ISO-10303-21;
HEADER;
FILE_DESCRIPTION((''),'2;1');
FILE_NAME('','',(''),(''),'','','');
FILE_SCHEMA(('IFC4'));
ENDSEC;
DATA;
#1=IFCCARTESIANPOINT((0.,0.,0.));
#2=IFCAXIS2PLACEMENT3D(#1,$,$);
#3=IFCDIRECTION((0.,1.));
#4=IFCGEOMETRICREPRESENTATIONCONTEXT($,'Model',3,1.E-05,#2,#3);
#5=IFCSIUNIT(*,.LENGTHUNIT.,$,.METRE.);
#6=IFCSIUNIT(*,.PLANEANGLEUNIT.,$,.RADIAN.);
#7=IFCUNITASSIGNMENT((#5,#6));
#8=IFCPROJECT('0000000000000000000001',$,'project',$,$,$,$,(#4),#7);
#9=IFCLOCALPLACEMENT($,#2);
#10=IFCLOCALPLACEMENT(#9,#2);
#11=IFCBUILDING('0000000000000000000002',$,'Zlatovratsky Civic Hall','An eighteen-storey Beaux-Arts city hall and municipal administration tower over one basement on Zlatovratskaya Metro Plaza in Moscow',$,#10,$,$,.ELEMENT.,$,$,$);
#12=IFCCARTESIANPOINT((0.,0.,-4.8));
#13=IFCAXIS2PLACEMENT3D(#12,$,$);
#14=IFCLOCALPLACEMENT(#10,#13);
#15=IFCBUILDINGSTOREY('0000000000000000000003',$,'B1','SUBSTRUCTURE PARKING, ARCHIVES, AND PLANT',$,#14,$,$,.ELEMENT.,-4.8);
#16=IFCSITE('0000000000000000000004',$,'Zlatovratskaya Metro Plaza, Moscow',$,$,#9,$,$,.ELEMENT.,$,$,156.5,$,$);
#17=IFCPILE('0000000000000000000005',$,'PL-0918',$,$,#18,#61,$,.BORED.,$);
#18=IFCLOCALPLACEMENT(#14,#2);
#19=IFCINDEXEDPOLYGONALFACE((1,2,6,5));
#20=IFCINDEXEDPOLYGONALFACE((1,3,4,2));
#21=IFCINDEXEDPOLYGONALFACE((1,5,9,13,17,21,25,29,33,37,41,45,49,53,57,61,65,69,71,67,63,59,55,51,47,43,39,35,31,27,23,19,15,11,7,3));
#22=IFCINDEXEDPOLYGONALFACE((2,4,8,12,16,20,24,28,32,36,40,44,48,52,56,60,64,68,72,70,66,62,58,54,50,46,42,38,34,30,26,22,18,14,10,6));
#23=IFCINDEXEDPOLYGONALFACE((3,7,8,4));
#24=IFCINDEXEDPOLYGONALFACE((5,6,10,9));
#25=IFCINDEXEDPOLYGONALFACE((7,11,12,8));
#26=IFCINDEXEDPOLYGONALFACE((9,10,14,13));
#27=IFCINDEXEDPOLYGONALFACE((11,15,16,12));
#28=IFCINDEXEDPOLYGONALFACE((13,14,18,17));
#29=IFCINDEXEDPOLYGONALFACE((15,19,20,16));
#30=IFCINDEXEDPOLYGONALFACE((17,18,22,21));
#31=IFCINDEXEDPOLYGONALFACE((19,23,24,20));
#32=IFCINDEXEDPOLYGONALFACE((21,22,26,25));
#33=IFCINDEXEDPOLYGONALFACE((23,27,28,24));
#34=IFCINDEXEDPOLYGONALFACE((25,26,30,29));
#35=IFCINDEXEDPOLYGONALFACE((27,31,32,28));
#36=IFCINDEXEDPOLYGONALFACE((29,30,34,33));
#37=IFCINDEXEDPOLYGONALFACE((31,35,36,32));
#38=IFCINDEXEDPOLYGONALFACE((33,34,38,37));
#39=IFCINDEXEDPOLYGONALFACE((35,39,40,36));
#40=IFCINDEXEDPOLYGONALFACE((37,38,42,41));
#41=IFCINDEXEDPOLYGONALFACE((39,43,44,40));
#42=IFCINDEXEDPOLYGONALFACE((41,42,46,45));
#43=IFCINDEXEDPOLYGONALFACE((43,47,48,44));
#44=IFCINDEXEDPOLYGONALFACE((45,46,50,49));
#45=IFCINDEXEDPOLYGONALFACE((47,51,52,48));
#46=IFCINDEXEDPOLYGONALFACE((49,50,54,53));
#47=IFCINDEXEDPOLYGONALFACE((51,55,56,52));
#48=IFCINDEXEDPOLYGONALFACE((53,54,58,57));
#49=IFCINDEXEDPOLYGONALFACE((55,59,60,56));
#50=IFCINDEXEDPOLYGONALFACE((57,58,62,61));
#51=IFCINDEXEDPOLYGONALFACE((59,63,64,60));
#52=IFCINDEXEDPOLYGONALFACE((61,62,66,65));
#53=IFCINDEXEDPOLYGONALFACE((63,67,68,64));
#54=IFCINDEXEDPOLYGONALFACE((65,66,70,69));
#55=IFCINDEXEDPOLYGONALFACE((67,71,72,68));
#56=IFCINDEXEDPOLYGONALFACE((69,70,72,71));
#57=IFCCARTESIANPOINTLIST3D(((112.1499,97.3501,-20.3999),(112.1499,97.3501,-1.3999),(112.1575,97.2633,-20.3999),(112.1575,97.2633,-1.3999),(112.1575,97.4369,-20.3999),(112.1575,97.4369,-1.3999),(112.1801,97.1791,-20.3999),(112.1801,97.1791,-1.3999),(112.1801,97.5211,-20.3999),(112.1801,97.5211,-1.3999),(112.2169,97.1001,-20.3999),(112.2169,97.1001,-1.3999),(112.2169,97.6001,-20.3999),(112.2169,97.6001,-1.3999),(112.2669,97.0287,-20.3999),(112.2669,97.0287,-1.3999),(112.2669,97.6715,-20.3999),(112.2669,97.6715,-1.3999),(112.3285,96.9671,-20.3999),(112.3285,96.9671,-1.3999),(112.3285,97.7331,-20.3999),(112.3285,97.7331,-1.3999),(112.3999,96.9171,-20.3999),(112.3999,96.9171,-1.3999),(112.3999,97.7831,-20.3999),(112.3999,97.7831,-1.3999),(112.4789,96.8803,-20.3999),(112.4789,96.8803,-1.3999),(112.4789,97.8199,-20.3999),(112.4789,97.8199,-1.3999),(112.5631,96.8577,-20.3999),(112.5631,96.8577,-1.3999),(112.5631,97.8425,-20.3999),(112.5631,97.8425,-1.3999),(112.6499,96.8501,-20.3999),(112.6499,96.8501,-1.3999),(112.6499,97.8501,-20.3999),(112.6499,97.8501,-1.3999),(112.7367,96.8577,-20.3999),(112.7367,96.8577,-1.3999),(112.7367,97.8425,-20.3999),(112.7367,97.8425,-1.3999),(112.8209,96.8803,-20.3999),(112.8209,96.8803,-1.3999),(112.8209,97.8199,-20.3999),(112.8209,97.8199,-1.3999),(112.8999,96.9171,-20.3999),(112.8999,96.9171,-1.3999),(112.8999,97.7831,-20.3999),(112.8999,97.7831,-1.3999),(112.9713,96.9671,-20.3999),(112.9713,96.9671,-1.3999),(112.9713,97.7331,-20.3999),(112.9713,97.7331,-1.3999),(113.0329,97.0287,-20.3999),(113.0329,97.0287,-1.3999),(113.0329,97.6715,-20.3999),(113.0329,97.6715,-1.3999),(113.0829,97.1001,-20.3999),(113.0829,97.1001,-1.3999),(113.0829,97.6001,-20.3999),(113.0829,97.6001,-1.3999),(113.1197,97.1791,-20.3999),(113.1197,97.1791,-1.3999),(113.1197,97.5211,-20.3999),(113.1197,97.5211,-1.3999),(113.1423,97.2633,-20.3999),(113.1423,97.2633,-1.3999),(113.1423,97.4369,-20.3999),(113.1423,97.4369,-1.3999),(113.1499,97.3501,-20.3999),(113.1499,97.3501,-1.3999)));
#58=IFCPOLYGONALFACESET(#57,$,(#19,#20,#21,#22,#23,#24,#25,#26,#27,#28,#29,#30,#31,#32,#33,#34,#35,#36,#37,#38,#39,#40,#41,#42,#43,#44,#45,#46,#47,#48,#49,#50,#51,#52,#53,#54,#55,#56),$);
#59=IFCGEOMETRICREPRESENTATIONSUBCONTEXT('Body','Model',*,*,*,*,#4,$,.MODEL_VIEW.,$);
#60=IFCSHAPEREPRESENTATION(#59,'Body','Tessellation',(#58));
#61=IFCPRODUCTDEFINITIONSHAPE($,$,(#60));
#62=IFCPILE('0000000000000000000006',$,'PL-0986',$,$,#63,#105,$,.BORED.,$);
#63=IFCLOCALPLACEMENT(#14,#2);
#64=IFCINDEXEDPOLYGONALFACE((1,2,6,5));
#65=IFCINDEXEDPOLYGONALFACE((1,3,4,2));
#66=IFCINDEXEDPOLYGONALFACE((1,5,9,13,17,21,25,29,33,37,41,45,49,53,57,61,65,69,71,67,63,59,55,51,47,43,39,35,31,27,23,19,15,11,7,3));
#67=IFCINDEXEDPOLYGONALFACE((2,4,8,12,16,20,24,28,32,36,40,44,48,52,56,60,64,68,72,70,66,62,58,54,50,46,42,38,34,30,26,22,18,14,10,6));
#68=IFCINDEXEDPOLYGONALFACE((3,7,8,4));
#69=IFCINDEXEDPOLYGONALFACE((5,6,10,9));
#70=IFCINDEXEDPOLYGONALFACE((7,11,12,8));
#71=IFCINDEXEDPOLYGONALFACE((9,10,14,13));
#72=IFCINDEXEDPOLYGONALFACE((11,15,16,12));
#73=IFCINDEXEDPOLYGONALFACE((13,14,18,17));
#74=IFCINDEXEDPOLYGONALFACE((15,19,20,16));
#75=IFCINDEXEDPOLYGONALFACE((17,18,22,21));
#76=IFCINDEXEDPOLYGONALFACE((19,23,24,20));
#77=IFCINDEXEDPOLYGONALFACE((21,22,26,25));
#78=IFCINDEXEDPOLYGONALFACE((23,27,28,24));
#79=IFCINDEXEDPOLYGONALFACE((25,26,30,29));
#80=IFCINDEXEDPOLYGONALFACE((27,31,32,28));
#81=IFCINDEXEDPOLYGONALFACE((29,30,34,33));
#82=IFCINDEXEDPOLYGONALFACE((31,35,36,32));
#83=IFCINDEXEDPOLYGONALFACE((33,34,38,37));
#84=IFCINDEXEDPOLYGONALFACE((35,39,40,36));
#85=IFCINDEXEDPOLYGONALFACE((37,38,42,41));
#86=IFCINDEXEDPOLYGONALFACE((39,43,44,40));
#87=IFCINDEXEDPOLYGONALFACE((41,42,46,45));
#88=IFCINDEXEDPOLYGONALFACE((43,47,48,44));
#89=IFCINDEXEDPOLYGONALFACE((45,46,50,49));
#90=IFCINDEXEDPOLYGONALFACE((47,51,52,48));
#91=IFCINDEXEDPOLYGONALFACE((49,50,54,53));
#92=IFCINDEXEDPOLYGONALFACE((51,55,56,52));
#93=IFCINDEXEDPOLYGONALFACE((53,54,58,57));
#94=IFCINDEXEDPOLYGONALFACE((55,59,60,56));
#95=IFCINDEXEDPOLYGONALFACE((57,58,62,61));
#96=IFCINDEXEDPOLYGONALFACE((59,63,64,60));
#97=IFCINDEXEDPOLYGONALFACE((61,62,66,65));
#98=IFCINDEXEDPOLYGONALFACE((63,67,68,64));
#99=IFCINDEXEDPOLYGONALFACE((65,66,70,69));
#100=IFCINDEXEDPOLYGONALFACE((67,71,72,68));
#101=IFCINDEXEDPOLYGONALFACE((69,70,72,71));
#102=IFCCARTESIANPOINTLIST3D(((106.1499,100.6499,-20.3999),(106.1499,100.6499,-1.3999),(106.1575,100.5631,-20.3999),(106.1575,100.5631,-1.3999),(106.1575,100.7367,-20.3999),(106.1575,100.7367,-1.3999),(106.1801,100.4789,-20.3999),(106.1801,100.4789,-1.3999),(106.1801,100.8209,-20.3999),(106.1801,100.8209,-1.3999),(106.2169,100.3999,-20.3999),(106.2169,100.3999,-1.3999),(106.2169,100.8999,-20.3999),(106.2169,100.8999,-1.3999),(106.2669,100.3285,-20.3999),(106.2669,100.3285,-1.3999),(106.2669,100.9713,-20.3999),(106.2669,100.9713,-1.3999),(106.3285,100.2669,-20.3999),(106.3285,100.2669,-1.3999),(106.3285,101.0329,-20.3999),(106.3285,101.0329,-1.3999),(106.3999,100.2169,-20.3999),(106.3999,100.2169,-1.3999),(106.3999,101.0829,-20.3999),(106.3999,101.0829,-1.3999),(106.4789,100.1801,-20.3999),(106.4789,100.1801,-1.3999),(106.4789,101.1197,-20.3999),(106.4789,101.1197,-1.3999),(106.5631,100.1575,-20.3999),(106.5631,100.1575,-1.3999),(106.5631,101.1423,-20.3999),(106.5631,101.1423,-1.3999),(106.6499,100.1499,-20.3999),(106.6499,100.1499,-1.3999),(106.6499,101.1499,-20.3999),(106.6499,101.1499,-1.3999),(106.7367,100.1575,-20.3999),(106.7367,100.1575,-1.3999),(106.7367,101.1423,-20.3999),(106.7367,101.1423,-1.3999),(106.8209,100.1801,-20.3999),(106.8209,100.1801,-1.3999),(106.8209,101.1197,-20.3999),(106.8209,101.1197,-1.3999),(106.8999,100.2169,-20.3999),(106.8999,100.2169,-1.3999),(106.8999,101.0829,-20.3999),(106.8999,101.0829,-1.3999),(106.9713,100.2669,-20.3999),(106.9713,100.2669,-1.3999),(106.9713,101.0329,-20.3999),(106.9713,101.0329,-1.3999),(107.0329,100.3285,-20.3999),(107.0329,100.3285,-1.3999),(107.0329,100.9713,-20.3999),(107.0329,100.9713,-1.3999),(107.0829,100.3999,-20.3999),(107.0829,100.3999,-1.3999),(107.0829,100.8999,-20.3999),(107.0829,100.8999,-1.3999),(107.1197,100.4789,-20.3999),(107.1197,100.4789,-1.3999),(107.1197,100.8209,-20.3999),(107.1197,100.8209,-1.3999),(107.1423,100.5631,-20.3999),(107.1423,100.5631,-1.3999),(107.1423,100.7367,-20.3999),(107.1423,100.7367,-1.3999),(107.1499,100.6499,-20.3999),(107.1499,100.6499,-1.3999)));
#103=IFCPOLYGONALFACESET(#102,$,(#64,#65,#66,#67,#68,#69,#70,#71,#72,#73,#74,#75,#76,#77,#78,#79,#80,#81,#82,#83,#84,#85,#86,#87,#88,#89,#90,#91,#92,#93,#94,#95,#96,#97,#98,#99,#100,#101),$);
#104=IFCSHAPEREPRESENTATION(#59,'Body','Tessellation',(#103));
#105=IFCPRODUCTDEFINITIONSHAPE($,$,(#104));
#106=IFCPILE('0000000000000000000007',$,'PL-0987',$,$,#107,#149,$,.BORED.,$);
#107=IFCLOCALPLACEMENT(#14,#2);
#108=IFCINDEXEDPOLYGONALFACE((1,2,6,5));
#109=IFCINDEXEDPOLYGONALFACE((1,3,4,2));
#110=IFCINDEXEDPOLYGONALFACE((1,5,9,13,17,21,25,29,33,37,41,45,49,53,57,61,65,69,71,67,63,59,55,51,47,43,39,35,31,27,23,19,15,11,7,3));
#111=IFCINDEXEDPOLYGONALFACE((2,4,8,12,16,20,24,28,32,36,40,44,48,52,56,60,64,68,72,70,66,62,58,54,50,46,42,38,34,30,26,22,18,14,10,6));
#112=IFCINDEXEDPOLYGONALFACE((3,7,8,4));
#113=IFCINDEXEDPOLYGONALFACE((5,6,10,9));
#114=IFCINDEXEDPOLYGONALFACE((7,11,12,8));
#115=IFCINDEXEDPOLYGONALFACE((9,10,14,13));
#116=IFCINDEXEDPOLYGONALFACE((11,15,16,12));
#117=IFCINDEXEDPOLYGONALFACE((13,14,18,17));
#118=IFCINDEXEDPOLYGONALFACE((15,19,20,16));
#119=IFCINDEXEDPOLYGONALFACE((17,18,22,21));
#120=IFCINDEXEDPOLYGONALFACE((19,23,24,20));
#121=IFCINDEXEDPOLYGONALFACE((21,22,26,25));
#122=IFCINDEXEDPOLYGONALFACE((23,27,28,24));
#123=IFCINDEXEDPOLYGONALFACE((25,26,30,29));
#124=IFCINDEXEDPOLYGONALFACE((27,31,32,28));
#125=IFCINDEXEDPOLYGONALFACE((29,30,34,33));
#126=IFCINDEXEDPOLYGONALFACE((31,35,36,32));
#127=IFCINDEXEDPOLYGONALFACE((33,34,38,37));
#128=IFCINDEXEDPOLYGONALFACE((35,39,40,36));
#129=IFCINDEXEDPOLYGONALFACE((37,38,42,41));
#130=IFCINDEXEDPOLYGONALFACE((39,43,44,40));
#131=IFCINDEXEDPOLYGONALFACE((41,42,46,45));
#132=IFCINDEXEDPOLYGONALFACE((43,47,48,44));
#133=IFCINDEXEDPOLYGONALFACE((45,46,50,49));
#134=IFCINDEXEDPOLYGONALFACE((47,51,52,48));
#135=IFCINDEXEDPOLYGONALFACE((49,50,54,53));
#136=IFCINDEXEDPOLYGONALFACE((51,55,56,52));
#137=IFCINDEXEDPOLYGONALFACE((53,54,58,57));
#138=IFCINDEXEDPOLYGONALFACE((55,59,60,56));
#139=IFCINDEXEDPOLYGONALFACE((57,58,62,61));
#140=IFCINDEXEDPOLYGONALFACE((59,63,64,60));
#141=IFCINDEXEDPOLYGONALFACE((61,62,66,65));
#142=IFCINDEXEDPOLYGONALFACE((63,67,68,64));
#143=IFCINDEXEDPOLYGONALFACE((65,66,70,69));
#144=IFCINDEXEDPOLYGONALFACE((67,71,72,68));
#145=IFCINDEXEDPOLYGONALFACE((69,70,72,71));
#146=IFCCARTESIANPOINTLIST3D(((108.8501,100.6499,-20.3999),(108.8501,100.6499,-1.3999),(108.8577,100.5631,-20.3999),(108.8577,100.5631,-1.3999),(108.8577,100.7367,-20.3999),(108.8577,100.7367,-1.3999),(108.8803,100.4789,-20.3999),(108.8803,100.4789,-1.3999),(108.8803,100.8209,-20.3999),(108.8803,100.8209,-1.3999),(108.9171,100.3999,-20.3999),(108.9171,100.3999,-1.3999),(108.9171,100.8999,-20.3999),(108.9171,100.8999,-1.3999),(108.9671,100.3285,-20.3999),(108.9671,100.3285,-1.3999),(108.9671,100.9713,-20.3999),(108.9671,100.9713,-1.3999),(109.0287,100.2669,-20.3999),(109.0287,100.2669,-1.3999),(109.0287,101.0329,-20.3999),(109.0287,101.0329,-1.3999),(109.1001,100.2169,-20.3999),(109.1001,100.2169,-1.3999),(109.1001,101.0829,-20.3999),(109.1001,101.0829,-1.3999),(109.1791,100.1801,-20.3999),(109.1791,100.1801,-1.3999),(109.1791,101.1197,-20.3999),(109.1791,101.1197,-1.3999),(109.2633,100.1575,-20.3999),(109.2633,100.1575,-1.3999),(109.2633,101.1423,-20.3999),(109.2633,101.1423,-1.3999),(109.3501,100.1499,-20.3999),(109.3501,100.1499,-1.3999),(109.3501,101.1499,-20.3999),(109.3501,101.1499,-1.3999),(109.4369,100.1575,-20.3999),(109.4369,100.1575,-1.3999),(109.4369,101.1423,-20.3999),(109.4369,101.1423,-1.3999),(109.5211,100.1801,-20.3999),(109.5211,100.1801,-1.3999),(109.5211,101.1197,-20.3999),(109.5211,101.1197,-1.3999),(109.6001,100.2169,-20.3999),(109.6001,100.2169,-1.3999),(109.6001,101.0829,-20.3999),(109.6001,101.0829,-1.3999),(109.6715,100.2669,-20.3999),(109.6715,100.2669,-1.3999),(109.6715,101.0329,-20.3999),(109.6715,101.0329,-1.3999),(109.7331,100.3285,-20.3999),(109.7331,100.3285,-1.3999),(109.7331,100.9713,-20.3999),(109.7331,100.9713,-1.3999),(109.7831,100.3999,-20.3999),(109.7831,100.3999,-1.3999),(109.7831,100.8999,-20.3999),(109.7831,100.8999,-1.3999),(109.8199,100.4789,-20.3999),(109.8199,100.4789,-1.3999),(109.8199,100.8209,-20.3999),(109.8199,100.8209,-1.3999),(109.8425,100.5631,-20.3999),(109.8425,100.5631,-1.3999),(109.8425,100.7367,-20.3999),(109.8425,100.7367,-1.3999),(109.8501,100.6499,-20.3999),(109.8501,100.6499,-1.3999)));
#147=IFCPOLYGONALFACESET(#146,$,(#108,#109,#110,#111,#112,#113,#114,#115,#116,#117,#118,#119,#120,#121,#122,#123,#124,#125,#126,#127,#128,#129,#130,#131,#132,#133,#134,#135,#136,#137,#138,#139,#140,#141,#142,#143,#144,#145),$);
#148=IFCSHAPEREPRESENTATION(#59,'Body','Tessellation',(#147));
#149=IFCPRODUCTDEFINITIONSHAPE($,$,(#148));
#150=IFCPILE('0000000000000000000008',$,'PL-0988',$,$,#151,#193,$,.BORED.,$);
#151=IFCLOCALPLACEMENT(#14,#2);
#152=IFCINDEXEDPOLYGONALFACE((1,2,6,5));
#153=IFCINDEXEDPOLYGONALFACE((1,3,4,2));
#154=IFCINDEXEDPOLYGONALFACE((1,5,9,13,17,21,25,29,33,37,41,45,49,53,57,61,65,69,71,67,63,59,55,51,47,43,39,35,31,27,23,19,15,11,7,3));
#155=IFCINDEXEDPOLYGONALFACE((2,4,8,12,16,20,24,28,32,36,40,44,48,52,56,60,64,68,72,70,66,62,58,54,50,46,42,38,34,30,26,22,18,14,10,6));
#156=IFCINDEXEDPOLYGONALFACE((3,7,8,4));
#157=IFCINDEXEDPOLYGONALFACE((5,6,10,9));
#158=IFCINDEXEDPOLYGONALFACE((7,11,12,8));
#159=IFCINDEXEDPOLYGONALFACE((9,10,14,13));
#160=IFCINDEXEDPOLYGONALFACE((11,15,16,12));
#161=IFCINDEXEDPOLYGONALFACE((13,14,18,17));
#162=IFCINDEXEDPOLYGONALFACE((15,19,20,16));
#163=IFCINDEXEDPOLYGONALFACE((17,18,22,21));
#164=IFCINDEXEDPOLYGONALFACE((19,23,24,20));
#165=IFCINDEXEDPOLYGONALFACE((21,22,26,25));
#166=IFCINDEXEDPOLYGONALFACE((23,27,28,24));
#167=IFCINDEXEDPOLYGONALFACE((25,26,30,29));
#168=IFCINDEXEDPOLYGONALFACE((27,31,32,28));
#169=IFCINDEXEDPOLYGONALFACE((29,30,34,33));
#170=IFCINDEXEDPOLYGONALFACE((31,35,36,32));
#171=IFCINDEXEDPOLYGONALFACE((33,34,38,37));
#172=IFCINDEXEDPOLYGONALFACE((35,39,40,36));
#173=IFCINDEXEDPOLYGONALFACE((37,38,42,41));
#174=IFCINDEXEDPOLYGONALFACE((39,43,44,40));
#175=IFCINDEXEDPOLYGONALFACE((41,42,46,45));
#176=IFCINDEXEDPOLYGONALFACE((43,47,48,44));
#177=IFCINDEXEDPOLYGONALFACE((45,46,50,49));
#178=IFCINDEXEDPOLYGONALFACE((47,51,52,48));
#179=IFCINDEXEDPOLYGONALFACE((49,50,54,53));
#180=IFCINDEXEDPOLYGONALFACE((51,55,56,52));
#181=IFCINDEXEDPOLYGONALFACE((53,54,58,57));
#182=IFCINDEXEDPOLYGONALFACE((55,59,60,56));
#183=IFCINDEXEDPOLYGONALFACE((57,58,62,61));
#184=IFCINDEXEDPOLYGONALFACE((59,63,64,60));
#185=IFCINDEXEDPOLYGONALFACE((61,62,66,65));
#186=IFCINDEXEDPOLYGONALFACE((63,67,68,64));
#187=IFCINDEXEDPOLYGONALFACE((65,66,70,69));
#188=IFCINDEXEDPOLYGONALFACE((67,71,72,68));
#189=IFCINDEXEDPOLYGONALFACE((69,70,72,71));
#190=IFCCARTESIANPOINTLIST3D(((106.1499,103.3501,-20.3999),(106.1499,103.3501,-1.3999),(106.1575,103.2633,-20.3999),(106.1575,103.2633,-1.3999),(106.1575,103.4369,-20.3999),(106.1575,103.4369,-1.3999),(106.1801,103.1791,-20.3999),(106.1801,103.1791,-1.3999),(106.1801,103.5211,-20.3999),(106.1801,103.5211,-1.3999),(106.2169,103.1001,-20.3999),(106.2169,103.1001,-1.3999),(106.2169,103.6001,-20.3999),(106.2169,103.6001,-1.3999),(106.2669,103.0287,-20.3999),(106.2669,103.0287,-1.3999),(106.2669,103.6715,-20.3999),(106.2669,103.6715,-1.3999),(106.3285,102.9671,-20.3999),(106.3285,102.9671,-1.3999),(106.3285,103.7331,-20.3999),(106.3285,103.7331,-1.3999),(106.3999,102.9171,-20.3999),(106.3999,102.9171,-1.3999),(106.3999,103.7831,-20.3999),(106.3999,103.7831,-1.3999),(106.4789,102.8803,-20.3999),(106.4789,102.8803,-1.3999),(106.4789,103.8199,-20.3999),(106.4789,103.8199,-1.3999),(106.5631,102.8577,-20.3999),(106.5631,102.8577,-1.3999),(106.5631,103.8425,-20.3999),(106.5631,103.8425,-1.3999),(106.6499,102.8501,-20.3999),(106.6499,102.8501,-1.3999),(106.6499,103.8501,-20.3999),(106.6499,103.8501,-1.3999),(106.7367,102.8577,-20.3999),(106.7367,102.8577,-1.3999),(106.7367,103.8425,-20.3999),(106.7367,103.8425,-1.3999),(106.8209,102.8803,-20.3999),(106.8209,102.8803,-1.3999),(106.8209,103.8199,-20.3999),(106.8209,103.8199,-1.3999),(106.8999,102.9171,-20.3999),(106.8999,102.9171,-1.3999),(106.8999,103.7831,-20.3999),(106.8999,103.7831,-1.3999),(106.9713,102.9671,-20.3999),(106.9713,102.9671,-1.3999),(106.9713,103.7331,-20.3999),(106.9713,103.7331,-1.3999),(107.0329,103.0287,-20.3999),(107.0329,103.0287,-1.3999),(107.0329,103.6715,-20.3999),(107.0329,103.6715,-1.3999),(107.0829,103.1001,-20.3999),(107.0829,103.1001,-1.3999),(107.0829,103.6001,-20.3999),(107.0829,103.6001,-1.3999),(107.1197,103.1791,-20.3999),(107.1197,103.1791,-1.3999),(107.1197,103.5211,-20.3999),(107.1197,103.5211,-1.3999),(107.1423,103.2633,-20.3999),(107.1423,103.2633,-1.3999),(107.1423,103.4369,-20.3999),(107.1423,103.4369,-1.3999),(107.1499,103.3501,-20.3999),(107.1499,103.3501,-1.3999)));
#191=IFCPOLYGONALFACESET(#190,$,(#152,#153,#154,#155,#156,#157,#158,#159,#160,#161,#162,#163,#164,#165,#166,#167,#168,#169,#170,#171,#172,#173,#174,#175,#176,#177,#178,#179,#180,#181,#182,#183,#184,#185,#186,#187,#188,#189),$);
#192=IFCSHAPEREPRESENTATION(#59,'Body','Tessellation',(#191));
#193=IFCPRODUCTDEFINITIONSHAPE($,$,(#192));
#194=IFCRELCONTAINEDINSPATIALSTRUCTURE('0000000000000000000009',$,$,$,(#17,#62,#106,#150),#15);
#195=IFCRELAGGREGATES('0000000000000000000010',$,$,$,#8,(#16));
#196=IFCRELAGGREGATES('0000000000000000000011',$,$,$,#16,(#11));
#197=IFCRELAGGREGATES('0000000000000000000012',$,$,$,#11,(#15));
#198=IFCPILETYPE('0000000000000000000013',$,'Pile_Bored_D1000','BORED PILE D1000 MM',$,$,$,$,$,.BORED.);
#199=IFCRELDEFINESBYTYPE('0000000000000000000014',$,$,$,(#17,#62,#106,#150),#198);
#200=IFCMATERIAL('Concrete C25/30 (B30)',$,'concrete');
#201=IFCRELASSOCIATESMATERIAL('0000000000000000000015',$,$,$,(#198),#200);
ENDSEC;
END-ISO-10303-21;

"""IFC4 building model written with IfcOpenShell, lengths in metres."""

from ifc_helpers import new_model, si_unit, direction, frame, origin, origin_2d, place, context, subcontext, project, spatial, circle, extrude, material, material_profile, profile_set, type_object, element, save


model = new_model("IFC4")

# Units and contexts
model_context = context("Model", 3, precision=1e-05, world=origin(), true_north=direction((0.0, 1.0)))
body_context = subcontext(model_context, "Body", "Model", "MODEL_VIEW")
ifc_project = project(units=[si_unit("LENGTHUNIT", "METRE"), si_unit("PLANEANGLEUNIT", "RADIAN")], contexts=[model_context])

# Site, building, storey
site_placement = place(None, origin())
site = spatial("IfcSite", under=ifc_project, at=site_placement, Name="Zlatovratskaya Metro Plaza, Moscow", CompositionType="ELEMENT", RefElevation=156.5)
building_placement = place(site_placement, origin())
building = spatial("IfcBuilding", under=site, at=building_placement, Name="Zlatovratsky Civic Hall", Description="An eighteen-storey Beaux-Arts city hall and municipal administration tower over one basement on Zlatovratskaya Metro Plaza in Moscow", CompositionType="ELEMENT")
storey_placement = place(building_placement, frame((0.0, 0.0, -4.8)))
storey = spatial("IfcBuildingStorey", under=building, at=storey_placement, Name="B1", Description="SUBSTRUCTURE PARKING, ARCHIVES, AND PLANT", CompositionType="ELEMENT", Elevation=-4.8)

# Shared definitions
ifc_material_1 = material(Name="Concrete C25/30 (B30)", Category="concrete")

# Piles
ifc_material_profile_1 = material_profile(ifc_material_1, circle(Radius=0.5, at=origin_2d()), Name="PILE D1000")
ifc_profile_set_1 = profile_set([ifc_material_profile_1], Name="Concrete C25/30 (B30)")
pile_type = type_object("IfcPileType", Name="Pile_Bored_D1000", Description="BORED PILE D1000 MM", PredefinedType="BORED", material=ifc_profile_set_1)
for number, where, z_axis, x_axis, name in (
    (1, (112.6499, 97.3501, -1.3999), (0.0, 0.0, -1.0), (1.0, 0.0, 0.0), "PL-0918"),
    (2, (106.6499, 100.6499, -1.3999), (0.0, 0.0, -1.0), (1.0, 0.0, 0.0), "PL-0986"),
    (3, (109.3501, 100.6499, -1.3999), (0.0, 0.0, -1.0), (1.0, 0.0, 0.0), "PL-0987"),
    (4, (106.6499, 103.3501, -1.3999), (0.0, 0.0, -1.0), (1.0, 0.0, 0.0), "PL-0988"),
):
    element("IfcPile", number, at=place(storey_placement, frame(where, z_axis=z_axis, x_axis=x_axis)), inside=storey, type_object=pile_type, Name=name, PredefinedType="BORED", context=body_context, shape_type="SweptSolid", body=[
        extrude(circle(Radius=0.5, at=origin_2d()), origin(), (0.0, 0.0, 1.0), 19.0),
    ])

save(model, "model.ifc")
